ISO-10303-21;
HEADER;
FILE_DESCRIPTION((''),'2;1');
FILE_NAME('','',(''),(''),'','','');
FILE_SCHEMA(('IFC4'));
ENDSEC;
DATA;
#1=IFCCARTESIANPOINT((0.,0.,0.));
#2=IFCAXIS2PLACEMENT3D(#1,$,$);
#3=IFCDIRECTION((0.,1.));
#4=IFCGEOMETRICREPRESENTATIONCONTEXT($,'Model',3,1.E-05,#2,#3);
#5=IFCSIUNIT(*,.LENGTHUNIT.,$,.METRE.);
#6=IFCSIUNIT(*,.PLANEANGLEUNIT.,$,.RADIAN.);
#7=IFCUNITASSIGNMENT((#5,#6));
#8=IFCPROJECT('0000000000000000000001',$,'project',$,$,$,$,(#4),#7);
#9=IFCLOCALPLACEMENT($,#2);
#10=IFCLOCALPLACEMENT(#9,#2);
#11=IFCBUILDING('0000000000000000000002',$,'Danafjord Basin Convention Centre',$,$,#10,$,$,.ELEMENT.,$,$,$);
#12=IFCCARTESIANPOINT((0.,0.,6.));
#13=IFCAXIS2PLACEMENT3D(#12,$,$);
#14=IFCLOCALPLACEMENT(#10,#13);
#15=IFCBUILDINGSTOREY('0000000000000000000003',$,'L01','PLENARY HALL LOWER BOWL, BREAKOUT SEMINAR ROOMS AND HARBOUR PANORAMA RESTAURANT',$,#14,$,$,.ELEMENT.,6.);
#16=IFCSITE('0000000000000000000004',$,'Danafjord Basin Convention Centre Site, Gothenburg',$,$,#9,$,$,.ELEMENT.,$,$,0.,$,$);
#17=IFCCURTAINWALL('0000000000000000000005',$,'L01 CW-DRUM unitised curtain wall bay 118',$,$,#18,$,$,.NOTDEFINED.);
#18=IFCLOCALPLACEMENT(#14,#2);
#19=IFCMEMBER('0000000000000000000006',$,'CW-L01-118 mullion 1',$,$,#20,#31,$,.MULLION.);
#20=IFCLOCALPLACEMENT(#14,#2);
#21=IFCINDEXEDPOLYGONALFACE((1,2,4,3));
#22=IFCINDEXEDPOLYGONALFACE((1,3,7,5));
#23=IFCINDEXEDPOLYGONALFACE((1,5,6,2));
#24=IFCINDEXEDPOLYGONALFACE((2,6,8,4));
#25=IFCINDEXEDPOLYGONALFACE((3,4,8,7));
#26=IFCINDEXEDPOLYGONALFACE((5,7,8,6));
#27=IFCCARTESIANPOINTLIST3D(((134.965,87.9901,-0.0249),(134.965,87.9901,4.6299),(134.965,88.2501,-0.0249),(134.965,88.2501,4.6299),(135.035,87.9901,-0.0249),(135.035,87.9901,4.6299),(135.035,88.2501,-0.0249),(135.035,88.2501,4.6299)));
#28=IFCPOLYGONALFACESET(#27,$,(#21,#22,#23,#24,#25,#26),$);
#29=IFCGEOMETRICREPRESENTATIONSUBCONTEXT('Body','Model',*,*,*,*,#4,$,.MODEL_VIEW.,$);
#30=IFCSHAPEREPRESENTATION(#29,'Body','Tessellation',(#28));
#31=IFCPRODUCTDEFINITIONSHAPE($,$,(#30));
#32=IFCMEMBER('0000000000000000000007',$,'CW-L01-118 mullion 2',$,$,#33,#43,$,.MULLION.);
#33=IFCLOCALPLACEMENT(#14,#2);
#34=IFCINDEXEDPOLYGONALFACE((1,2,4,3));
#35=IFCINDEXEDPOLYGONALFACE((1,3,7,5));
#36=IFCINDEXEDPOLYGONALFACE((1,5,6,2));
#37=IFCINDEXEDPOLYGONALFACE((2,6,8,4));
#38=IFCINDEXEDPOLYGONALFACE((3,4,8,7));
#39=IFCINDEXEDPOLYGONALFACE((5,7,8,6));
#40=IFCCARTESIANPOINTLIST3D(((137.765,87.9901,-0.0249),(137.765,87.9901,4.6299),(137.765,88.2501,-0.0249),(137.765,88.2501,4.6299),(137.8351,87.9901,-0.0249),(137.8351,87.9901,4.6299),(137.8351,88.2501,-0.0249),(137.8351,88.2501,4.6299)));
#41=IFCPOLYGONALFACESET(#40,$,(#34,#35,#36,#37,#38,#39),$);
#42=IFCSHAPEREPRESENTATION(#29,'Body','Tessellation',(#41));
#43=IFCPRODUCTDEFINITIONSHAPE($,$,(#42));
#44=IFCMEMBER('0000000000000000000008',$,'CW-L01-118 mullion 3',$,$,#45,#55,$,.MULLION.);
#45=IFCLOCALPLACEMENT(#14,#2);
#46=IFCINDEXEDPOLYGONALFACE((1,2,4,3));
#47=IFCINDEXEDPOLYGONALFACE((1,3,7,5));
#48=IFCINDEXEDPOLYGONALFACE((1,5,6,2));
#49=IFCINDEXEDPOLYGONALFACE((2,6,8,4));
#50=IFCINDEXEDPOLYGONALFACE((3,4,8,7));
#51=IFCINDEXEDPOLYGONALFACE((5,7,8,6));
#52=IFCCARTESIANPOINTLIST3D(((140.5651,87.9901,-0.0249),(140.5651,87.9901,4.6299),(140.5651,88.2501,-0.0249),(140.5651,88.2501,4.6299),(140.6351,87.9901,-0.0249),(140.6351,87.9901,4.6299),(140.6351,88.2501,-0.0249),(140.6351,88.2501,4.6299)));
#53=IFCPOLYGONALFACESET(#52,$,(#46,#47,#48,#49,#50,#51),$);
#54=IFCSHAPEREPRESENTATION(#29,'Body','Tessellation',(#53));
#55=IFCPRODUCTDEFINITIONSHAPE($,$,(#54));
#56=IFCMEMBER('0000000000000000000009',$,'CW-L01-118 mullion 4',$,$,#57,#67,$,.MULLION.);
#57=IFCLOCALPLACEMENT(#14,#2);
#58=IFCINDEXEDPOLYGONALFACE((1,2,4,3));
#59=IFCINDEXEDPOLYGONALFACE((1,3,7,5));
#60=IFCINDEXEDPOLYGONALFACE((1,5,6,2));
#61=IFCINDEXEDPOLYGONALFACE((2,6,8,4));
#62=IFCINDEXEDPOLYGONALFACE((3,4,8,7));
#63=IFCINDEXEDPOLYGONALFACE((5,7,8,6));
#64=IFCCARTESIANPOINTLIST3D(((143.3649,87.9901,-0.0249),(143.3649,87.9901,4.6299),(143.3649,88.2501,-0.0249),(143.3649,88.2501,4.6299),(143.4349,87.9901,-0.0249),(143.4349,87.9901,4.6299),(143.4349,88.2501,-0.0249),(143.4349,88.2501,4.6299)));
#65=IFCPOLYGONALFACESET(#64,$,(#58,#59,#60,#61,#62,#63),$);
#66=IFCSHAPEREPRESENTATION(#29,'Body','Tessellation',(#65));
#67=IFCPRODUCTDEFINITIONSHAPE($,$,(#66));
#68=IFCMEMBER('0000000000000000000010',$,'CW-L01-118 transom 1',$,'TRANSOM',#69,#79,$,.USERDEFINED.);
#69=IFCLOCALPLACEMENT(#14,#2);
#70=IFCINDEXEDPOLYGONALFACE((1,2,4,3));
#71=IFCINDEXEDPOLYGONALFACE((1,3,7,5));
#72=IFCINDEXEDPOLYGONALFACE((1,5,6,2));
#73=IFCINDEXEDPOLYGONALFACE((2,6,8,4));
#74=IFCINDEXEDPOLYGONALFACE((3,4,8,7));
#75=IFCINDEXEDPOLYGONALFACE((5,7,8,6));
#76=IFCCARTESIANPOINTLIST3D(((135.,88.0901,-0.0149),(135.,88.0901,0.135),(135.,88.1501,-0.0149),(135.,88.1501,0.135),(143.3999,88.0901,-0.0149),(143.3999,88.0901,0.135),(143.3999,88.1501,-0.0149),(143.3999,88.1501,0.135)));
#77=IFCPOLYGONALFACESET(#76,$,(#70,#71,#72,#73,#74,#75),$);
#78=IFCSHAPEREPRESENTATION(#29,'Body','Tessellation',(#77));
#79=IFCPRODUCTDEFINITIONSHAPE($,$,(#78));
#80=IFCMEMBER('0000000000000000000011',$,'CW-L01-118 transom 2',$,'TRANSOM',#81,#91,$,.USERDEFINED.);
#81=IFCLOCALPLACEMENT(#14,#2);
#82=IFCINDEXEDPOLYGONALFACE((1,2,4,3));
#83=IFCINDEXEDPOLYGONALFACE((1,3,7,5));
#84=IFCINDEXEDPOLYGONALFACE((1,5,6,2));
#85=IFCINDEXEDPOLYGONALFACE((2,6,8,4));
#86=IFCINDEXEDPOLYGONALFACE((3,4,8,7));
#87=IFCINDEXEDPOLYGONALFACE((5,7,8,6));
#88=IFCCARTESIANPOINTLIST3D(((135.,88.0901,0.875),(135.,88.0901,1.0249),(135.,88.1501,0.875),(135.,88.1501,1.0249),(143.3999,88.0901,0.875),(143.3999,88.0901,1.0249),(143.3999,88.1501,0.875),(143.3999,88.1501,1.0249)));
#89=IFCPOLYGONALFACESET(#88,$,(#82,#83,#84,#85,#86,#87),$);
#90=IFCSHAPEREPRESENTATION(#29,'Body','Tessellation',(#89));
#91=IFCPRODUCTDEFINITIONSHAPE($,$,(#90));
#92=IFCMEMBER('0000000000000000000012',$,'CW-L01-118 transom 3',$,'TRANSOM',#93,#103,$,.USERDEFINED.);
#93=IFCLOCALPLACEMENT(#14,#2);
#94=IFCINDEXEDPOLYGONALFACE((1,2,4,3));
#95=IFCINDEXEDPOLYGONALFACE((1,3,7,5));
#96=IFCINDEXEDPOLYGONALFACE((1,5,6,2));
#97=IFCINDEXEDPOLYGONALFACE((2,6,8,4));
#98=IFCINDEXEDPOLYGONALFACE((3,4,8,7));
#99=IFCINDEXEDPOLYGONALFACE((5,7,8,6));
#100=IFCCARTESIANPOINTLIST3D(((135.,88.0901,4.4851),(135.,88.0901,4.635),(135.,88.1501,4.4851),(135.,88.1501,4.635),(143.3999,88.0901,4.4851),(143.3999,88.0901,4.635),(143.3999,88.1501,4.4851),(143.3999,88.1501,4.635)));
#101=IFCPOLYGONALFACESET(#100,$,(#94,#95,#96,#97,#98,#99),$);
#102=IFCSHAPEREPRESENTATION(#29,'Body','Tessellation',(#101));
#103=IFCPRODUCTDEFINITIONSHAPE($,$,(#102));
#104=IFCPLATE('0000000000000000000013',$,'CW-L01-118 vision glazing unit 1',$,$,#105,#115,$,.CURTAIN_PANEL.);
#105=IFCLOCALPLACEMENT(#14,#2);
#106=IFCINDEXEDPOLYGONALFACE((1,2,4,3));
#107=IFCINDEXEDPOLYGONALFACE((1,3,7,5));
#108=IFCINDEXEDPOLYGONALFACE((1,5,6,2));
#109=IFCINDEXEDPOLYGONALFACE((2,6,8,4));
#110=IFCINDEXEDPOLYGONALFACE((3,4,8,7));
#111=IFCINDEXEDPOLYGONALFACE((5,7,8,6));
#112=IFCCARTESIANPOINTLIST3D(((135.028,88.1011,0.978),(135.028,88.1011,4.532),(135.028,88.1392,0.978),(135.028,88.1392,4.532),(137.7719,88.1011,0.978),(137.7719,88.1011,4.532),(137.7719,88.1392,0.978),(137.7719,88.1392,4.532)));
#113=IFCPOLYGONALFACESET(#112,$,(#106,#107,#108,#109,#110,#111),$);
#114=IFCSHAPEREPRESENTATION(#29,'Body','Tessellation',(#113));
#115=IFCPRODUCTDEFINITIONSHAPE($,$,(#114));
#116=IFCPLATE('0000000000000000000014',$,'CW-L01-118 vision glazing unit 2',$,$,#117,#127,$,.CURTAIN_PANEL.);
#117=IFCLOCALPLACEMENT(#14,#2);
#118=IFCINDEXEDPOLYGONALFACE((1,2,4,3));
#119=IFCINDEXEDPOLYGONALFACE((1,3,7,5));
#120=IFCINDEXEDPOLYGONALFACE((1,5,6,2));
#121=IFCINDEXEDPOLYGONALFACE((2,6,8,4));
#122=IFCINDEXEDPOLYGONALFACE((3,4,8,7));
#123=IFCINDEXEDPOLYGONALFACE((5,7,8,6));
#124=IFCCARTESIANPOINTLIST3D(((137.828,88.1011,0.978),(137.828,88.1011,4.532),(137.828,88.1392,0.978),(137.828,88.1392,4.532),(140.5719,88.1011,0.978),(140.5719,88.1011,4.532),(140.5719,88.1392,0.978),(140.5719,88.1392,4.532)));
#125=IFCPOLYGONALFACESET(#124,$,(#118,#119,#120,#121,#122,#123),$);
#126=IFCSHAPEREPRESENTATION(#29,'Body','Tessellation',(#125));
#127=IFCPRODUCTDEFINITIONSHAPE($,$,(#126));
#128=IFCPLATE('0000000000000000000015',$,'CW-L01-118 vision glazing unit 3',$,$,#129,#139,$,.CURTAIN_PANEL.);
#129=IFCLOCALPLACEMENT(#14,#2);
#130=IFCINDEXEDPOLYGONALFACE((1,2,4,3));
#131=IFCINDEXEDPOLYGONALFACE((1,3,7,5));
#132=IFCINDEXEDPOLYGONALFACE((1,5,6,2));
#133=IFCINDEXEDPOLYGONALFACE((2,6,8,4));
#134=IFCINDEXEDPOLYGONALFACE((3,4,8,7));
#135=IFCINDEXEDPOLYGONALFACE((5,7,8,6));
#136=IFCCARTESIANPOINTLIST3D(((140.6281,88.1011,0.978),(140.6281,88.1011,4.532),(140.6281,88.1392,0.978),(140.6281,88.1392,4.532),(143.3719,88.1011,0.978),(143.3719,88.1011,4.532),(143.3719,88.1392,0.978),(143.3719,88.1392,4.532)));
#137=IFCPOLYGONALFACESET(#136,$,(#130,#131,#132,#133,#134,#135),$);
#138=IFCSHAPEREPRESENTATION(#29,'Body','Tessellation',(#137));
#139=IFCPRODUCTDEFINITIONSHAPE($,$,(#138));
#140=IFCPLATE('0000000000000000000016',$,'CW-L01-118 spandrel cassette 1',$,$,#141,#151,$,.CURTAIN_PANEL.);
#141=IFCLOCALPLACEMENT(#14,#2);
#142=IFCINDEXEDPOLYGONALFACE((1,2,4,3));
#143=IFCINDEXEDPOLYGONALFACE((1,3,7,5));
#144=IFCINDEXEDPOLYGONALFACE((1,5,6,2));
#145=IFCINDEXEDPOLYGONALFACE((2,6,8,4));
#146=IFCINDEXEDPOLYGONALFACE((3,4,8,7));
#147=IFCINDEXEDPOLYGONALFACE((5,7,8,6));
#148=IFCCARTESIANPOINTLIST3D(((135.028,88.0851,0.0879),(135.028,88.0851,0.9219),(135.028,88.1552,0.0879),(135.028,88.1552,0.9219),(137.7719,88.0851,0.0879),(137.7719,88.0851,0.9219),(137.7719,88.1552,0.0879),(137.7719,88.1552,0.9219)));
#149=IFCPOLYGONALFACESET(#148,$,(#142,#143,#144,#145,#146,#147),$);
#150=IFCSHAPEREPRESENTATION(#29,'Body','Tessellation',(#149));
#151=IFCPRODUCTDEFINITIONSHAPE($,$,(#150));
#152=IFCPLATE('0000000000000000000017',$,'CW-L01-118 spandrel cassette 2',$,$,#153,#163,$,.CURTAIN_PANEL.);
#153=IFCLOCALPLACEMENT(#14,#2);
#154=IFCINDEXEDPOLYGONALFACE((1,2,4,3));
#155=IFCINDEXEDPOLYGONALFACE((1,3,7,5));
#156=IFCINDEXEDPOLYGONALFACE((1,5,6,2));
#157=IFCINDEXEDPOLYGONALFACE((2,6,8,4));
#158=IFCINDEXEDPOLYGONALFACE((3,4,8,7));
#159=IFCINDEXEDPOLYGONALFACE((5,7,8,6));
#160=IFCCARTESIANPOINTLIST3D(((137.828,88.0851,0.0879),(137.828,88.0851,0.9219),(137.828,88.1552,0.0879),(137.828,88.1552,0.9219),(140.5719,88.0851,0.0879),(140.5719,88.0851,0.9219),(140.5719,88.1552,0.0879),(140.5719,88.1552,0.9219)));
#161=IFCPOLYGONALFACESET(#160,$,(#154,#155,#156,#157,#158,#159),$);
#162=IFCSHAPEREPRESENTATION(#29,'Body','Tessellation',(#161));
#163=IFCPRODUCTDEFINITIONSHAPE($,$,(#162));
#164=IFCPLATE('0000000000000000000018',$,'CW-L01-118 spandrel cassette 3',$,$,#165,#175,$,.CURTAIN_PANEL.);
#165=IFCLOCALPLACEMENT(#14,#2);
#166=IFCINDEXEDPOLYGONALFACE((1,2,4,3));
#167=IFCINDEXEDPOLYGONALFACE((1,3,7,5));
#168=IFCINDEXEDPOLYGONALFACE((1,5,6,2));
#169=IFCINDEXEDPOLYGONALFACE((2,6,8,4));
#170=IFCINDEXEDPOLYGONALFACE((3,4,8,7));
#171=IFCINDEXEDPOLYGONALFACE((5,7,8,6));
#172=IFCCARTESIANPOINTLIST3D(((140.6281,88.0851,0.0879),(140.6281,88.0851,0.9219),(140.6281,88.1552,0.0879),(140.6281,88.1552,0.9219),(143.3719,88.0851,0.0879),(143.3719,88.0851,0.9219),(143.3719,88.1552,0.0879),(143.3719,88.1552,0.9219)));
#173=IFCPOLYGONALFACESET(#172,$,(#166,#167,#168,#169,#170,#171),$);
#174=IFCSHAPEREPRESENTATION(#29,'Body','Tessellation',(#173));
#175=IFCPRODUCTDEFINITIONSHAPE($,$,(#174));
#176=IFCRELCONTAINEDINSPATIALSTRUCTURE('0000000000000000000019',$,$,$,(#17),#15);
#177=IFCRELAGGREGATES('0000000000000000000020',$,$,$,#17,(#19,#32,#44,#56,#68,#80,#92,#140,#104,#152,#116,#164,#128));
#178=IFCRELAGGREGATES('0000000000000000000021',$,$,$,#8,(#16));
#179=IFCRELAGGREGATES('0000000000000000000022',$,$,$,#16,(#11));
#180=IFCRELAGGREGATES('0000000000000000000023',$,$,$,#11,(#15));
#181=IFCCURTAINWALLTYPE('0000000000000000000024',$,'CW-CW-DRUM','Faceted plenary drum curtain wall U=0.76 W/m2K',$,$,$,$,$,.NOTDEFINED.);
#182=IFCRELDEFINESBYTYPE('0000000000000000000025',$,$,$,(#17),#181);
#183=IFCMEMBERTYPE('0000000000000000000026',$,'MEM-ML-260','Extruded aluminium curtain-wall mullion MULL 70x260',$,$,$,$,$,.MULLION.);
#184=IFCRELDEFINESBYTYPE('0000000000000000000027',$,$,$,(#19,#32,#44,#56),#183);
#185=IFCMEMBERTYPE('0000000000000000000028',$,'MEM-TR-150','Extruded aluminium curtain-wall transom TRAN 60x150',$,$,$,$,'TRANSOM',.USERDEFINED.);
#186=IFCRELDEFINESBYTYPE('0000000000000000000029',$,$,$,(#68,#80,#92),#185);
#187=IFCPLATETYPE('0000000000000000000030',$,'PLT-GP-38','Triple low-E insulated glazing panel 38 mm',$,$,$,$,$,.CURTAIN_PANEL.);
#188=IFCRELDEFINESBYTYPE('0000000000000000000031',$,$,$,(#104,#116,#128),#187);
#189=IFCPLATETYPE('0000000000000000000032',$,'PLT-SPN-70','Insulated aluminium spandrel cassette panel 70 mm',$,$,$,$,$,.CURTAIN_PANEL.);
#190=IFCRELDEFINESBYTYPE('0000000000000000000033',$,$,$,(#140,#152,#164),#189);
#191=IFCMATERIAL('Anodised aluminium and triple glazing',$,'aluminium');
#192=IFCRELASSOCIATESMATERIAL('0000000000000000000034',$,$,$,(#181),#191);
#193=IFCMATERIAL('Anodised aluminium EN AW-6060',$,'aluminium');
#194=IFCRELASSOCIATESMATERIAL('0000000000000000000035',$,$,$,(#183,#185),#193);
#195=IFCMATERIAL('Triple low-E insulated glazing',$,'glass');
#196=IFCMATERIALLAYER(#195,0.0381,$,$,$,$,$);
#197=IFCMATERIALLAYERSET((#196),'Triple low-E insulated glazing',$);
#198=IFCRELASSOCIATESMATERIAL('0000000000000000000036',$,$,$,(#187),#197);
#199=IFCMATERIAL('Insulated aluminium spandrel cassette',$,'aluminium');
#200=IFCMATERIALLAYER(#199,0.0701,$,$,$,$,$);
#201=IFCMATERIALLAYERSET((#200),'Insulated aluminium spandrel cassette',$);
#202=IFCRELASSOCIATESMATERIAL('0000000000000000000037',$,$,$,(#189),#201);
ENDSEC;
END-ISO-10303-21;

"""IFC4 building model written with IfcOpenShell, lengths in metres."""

from ifc_helpers import new_model, si_unit, direction, frame, origin, origin_2d, place, context, subcontext, project, spatial, rectangle, extrude, material, layer, layer_set, material_profile, profile_set, type_object, element, aggregate, save


model = new_model("IFC4")

# Units and contexts
model_context = context("Model", 3, precision=1e-05, world=origin(), true_north=direction((0.0, 1.0)))
body_context = subcontext(model_context, "Body", "Model", "MODEL_VIEW")
ifc_project = project(units=[si_unit("LENGTHUNIT", "METRE"), si_unit("PLANEANGLEUNIT", "RADIAN")], contexts=[model_context])

# Site, building, storey
site_placement = place(None, origin())
site = spatial("IfcSite", under=ifc_project, at=site_placement, Name="Danafjord Basin Convention Centre Site, Gothenburg", CompositionType="ELEMENT", RefElevation=0.0)
building_placement = place(site_placement, origin())
building = spatial("IfcBuilding", under=site, at=building_placement, Name="Danafjord Basin Convention Centre", CompositionType="ELEMENT")
storey_placement = place(building_placement, frame((0.0, 0.0, 6.0)))
storey = spatial("IfcBuildingStorey", under=building, at=storey_placement, Name="L01", Description="PLENARY HALL LOWER BOWL, BREAKOUT SEMINAR ROOMS AND HARBOUR PANORAMA RESTAURANT", CompositionType="ELEMENT", Elevation=6.0)

# Curtain wall, members, plates
ifc_material_1 = material(Name="Anodised aluminium and triple glazing", Category="aluminium")
curtain_wall_type = type_object("IfcCurtainWallType", Name="CW-CW-DRUM", Description="Faceted plenary drum curtain wall U=0.76 W/m2K", PredefinedType="NOTDEFINED", material=ifc_material_1)
curtain_wall_placement = place(storey_placement, origin())
curtain_wall = element("IfcCurtainWall", 1, at=curtain_wall_placement, inside=storey, type_object=curtain_wall_type, Name="L01 CW-DRUM unitised curtain wall bay 118", PredefinedType="NOTDEFINED")
ifc_material_2 = material(Name="Anodised aluminium EN AW-6060", Category="aluminium")
ifc_material_profile_1 = material_profile(ifc_material_2, rectangle(XDim=0.0701, YDim=0.26, at=origin_2d()), Name="MULL 70x260")
ifc_profile_set_1 = profile_set([ifc_material_profile_1], Name="Anodised aluminium EN AW-6060")
member_type_1 = type_object("IfcMemberType", Name="MEM-ML-260", Description="Extruded aluminium curtain-wall mullion MULL 70x260", PredefinedType="MULLION", material=ifc_profile_set_1)
member_1_placement = place(storey_placement, frame((135.0, 88.1201, -0.0249), z_axis=(0.0, 0.0, 1.0), x_axis=(1.0, 0.0, 0.0)))
member_1 = element("IfcMember", 2, at=member_1_placement, type_object=member_type_1, Name="CW-L01-118 mullion 1", PredefinedType="MULLION", context=body_context, shape_type="SweptSolid", body=[
    extrude(rectangle(XDim=0.0701, YDim=0.26, at=origin_2d()), origin(), (0.0, 0.0, 1.0), 4.6548),
])
member_2_placement = place(storey_placement, frame((137.8, 88.1201, -0.0249), z_axis=(0.0, 0.0, 1.0), x_axis=(1.0, 0.0, 0.0)))
member_2 = element("IfcMember", 3, at=member_2_placement, type_object=member_type_1, Name="CW-L01-118 mullion 2", PredefinedType="MULLION", context=body_context, shape_type="SweptSolid", body=[
    extrude(rectangle(XDim=0.0701, YDim=0.26, at=origin_2d()), origin(), (0.0, 0.0, 1.0), 4.6548),
])
member_3_placement = place(storey_placement, frame((140.6001, 88.1201, -0.0249), z_axis=(0.0, 0.0, 1.0), x_axis=(1.0, 0.0, 0.0)))
member_3 = element("IfcMember", 4, at=member_3_placement, type_object=member_type_1, Name="CW-L01-118 mullion 3", PredefinedType="MULLION", context=body_context, shape_type="SweptSolid", body=[
    extrude(rectangle(XDim=0.0701, YDim=0.26, at=origin_2d()), origin(), (0.0, 0.0, 1.0), 4.6548),
])
member_4_placement = place(storey_placement, frame((143.3999, 88.1201, -0.0249), z_axis=(0.0, 0.0, 1.0), x_axis=(1.0, 0.0, 0.0)))
member_4 = element("IfcMember", 5, at=member_4_placement, type_object=member_type_1, Name="CW-L01-118 mullion 4", PredefinedType="MULLION", context=body_context, shape_type="SweptSolid", body=[
    extrude(rectangle(XDim=0.0701, YDim=0.26, at=origin_2d()), origin(), (0.0, 0.0, 1.0), 4.6548),
])
ifc_material_profile_2 = material_profile(ifc_material_2, rectangle(XDim=0.0601, YDim=0.1499, at=origin_2d()), Name="TRAN 60x150")
ifc_profile_set_2 = profile_set([ifc_material_profile_2], Name="Anodised aluminium EN AW-6060")
member_type_2 = type_object("IfcMemberType", Name="MEM-TR-150", Description="Extruded aluminium curtain-wall transom TRAN 60x150", ElementType="TRANSOM", PredefinedType="USERDEFINED", material=ifc_profile_set_2)
member_5_placement = place(storey_placement, frame((135.0, 88.1201, 0.0601), z_axis=(1.0, 0.0, 0.0), x_axis=(0.0, 1.0, 0.0)))
member_5 = element("IfcMember", 6, at=member_5_placement, type_object=member_type_2, Name="CW-L01-118 transom 1", ObjectType="TRANSOM", PredefinedType="USERDEFINED", context=body_context, shape_type="SweptSolid", body=[
    extrude(rectangle(XDim=0.0601, YDim=0.1499, at=origin_2d()), origin(), (0.0, 0.0, 1.0), 8.3999),
])
member_6_placement = place(storey_placement, frame((135.0, 88.1201, 0.95), z_axis=(1.0, 0.0, 0.0), x_axis=(0.0, 1.0, 0.0)))
member_6 = element("IfcMember", 7, at=member_6_placement, type_object=member_type_2, Name="CW-L01-118 transom 2", ObjectType="TRANSOM", PredefinedType="USERDEFINED", context=body_context, shape_type="SweptSolid", body=[
    extrude(rectangle(XDim=0.0601, YDim=0.1499, at=origin_2d()), origin(), (0.0, 0.0, 1.0), 8.3999),
])
member_7_placement = place(storey_placement, frame((135.0, 88.1201, 4.5601), z_axis=(1.0, 0.0, 0.0), x_axis=(0.0, 1.0, 0.0)))
member_7 = element("IfcMember", 8, at=member_7_placement, type_object=member_type_2, Name="CW-L01-118 transom 3", ObjectType="TRANSOM", PredefinedType="USERDEFINED", context=body_context, shape_type="SweptSolid", body=[
    extrude(rectangle(XDim=0.0601, YDim=0.1499, at=origin_2d()), origin(), (0.0, 0.0, 1.0), 8.3999),
])
ifc_material_3 = material(Name="Triple low-E insulated glazing", Category="glass")
ifc_layer_1 = layer(ifc_material_3, 0.0381)
ifc_layer_set_1 = layer_set([ifc_layer_1], Name="Triple low-E insulated glazing")
plate_type_1 = type_object("IfcPlateType", Name="PLT-GP-38", Description="Triple low-E insulated glazing panel 38 mm", PredefinedType="CURTAIN_PANEL", material=ifc_layer_set_1)
plate_1_placement = place(storey_placement, frame((136.3999, 88.1201, 0.978), z_axis=(0.0, 0.0, 1.0), x_axis=(1.0, 0.0, 0.0)))
plate_1 = element("IfcPlate", 9, at=plate_1_placement, type_object=plate_type_1, Name="CW-L01-118 vision glazing unit 1", PredefinedType="CURTAIN_PANEL", context=body_context, shape_type="SweptSolid", body=[
    extrude(rectangle(XDim=2.7439, YDim=0.0381, at=origin_2d()), origin(), (0.0, 0.0, 1.0), 3.554),
])
plate_2_placement = place(storey_placement, frame((139.2, 88.1201, 0.978), z_axis=(0.0, 0.0, 1.0), x_axis=(1.0, 0.0, 0.0)))
plate_2 = element("IfcPlate", 10, at=plate_2_placement, type_object=plate_type_1, Name="CW-L01-118 vision glazing unit 2", PredefinedType="CURTAIN_PANEL", context=body_context, shape_type="SweptSolid", body=[
    extrude(rectangle(XDim=2.7439, YDim=0.0381, at=origin_2d()), origin(), (0.0, 0.0, 1.0), 3.554),
])
plate_3_placement = place(storey_placement, frame((142.0, 88.1201, 0.978), z_axis=(0.0, 0.0, 1.0), x_axis=(1.0, 0.0, 0.0)))
plate_3 = element("IfcPlate", 11, at=plate_3_placement, type_object=plate_type_1, Name="CW-L01-118 vision glazing unit 3", PredefinedType="CURTAIN_PANEL", context=body_context, shape_type="SweptSolid", body=[
    extrude(rectangle(XDim=2.7439, YDim=0.0381, at=origin_2d()), origin(), (0.0, 0.0, 1.0), 3.554),
])
ifc_material_4 = material(Name="Insulated aluminium spandrel cassette", Category="aluminium")
ifc_layer_2 = layer(ifc_material_4, 0.0701)
ifc_layer_set_2 = layer_set([ifc_layer_2], Name="Insulated aluminium spandrel cassette")
plate_type_2 = type_object("IfcPlateType", Name="PLT-SPN-70", Description="Insulated aluminium spandrel cassette panel 70 mm", PredefinedType="CURTAIN_PANEL", material=ifc_layer_set_2)
plate_4_placement = place(storey_placement, frame((136.3999, 88.1201, 0.0879), z_axis=(0.0, 0.0, 1.0), x_axis=(1.0, 0.0, 0.0)))
plate_4 = element("IfcPlate", 12, at=plate_4_placement, type_object=plate_type_2, Name="CW-L01-118 spandrel cassette 1", PredefinedType="CURTAIN_PANEL", context=body_context, shape_type="SweptSolid", body=[
    extrude(rectangle(XDim=2.7439, YDim=0.0701, at=origin_2d()), origin(), (0.0, 0.0, 1.0), 0.834),
])
plate_5_placement = place(storey_placement, frame((139.2, 88.1201, 0.0879), z_axis=(0.0, 0.0, 1.0), x_axis=(1.0, 0.0, 0.0)))
plate_5 = element("IfcPlate", 13, at=plate_5_placement, type_object=plate_type_2, Name="CW-L01-118 spandrel cassette 2", PredefinedType="CURTAIN_PANEL", context=body_context, shape_type="SweptSolid", body=[
    extrude(rectangle(XDim=2.7439, YDim=0.0701, at=origin_2d()), origin(), (0.0, 0.0, 1.0), 0.834),
])
plate_6_placement = place(storey_placement, frame((142.0, 88.1201, 0.0879), z_axis=(0.0, 0.0, 1.0), x_axis=(1.0, 0.0, 0.0)))
plate_6 = element("IfcPlate", 14, at=plate_6_placement, type_object=plate_type_2, Name="CW-L01-118 spandrel cassette 3", PredefinedType="CURTAIN_PANEL", context=body_context, shape_type="SweptSolid", body=[
    extrude(rectangle(XDim=2.7439, YDim=0.0701, at=origin_2d()), origin(), (0.0, 0.0, 1.0), 0.834),
])
aggregate(curtain_wall, [member_1, member_2, member_3, member_4, member_5, member_6, member_7, plate_4, plate_1, plate_5, plate_2, plate_6, plate_3])

save(model, "model.ifc")
